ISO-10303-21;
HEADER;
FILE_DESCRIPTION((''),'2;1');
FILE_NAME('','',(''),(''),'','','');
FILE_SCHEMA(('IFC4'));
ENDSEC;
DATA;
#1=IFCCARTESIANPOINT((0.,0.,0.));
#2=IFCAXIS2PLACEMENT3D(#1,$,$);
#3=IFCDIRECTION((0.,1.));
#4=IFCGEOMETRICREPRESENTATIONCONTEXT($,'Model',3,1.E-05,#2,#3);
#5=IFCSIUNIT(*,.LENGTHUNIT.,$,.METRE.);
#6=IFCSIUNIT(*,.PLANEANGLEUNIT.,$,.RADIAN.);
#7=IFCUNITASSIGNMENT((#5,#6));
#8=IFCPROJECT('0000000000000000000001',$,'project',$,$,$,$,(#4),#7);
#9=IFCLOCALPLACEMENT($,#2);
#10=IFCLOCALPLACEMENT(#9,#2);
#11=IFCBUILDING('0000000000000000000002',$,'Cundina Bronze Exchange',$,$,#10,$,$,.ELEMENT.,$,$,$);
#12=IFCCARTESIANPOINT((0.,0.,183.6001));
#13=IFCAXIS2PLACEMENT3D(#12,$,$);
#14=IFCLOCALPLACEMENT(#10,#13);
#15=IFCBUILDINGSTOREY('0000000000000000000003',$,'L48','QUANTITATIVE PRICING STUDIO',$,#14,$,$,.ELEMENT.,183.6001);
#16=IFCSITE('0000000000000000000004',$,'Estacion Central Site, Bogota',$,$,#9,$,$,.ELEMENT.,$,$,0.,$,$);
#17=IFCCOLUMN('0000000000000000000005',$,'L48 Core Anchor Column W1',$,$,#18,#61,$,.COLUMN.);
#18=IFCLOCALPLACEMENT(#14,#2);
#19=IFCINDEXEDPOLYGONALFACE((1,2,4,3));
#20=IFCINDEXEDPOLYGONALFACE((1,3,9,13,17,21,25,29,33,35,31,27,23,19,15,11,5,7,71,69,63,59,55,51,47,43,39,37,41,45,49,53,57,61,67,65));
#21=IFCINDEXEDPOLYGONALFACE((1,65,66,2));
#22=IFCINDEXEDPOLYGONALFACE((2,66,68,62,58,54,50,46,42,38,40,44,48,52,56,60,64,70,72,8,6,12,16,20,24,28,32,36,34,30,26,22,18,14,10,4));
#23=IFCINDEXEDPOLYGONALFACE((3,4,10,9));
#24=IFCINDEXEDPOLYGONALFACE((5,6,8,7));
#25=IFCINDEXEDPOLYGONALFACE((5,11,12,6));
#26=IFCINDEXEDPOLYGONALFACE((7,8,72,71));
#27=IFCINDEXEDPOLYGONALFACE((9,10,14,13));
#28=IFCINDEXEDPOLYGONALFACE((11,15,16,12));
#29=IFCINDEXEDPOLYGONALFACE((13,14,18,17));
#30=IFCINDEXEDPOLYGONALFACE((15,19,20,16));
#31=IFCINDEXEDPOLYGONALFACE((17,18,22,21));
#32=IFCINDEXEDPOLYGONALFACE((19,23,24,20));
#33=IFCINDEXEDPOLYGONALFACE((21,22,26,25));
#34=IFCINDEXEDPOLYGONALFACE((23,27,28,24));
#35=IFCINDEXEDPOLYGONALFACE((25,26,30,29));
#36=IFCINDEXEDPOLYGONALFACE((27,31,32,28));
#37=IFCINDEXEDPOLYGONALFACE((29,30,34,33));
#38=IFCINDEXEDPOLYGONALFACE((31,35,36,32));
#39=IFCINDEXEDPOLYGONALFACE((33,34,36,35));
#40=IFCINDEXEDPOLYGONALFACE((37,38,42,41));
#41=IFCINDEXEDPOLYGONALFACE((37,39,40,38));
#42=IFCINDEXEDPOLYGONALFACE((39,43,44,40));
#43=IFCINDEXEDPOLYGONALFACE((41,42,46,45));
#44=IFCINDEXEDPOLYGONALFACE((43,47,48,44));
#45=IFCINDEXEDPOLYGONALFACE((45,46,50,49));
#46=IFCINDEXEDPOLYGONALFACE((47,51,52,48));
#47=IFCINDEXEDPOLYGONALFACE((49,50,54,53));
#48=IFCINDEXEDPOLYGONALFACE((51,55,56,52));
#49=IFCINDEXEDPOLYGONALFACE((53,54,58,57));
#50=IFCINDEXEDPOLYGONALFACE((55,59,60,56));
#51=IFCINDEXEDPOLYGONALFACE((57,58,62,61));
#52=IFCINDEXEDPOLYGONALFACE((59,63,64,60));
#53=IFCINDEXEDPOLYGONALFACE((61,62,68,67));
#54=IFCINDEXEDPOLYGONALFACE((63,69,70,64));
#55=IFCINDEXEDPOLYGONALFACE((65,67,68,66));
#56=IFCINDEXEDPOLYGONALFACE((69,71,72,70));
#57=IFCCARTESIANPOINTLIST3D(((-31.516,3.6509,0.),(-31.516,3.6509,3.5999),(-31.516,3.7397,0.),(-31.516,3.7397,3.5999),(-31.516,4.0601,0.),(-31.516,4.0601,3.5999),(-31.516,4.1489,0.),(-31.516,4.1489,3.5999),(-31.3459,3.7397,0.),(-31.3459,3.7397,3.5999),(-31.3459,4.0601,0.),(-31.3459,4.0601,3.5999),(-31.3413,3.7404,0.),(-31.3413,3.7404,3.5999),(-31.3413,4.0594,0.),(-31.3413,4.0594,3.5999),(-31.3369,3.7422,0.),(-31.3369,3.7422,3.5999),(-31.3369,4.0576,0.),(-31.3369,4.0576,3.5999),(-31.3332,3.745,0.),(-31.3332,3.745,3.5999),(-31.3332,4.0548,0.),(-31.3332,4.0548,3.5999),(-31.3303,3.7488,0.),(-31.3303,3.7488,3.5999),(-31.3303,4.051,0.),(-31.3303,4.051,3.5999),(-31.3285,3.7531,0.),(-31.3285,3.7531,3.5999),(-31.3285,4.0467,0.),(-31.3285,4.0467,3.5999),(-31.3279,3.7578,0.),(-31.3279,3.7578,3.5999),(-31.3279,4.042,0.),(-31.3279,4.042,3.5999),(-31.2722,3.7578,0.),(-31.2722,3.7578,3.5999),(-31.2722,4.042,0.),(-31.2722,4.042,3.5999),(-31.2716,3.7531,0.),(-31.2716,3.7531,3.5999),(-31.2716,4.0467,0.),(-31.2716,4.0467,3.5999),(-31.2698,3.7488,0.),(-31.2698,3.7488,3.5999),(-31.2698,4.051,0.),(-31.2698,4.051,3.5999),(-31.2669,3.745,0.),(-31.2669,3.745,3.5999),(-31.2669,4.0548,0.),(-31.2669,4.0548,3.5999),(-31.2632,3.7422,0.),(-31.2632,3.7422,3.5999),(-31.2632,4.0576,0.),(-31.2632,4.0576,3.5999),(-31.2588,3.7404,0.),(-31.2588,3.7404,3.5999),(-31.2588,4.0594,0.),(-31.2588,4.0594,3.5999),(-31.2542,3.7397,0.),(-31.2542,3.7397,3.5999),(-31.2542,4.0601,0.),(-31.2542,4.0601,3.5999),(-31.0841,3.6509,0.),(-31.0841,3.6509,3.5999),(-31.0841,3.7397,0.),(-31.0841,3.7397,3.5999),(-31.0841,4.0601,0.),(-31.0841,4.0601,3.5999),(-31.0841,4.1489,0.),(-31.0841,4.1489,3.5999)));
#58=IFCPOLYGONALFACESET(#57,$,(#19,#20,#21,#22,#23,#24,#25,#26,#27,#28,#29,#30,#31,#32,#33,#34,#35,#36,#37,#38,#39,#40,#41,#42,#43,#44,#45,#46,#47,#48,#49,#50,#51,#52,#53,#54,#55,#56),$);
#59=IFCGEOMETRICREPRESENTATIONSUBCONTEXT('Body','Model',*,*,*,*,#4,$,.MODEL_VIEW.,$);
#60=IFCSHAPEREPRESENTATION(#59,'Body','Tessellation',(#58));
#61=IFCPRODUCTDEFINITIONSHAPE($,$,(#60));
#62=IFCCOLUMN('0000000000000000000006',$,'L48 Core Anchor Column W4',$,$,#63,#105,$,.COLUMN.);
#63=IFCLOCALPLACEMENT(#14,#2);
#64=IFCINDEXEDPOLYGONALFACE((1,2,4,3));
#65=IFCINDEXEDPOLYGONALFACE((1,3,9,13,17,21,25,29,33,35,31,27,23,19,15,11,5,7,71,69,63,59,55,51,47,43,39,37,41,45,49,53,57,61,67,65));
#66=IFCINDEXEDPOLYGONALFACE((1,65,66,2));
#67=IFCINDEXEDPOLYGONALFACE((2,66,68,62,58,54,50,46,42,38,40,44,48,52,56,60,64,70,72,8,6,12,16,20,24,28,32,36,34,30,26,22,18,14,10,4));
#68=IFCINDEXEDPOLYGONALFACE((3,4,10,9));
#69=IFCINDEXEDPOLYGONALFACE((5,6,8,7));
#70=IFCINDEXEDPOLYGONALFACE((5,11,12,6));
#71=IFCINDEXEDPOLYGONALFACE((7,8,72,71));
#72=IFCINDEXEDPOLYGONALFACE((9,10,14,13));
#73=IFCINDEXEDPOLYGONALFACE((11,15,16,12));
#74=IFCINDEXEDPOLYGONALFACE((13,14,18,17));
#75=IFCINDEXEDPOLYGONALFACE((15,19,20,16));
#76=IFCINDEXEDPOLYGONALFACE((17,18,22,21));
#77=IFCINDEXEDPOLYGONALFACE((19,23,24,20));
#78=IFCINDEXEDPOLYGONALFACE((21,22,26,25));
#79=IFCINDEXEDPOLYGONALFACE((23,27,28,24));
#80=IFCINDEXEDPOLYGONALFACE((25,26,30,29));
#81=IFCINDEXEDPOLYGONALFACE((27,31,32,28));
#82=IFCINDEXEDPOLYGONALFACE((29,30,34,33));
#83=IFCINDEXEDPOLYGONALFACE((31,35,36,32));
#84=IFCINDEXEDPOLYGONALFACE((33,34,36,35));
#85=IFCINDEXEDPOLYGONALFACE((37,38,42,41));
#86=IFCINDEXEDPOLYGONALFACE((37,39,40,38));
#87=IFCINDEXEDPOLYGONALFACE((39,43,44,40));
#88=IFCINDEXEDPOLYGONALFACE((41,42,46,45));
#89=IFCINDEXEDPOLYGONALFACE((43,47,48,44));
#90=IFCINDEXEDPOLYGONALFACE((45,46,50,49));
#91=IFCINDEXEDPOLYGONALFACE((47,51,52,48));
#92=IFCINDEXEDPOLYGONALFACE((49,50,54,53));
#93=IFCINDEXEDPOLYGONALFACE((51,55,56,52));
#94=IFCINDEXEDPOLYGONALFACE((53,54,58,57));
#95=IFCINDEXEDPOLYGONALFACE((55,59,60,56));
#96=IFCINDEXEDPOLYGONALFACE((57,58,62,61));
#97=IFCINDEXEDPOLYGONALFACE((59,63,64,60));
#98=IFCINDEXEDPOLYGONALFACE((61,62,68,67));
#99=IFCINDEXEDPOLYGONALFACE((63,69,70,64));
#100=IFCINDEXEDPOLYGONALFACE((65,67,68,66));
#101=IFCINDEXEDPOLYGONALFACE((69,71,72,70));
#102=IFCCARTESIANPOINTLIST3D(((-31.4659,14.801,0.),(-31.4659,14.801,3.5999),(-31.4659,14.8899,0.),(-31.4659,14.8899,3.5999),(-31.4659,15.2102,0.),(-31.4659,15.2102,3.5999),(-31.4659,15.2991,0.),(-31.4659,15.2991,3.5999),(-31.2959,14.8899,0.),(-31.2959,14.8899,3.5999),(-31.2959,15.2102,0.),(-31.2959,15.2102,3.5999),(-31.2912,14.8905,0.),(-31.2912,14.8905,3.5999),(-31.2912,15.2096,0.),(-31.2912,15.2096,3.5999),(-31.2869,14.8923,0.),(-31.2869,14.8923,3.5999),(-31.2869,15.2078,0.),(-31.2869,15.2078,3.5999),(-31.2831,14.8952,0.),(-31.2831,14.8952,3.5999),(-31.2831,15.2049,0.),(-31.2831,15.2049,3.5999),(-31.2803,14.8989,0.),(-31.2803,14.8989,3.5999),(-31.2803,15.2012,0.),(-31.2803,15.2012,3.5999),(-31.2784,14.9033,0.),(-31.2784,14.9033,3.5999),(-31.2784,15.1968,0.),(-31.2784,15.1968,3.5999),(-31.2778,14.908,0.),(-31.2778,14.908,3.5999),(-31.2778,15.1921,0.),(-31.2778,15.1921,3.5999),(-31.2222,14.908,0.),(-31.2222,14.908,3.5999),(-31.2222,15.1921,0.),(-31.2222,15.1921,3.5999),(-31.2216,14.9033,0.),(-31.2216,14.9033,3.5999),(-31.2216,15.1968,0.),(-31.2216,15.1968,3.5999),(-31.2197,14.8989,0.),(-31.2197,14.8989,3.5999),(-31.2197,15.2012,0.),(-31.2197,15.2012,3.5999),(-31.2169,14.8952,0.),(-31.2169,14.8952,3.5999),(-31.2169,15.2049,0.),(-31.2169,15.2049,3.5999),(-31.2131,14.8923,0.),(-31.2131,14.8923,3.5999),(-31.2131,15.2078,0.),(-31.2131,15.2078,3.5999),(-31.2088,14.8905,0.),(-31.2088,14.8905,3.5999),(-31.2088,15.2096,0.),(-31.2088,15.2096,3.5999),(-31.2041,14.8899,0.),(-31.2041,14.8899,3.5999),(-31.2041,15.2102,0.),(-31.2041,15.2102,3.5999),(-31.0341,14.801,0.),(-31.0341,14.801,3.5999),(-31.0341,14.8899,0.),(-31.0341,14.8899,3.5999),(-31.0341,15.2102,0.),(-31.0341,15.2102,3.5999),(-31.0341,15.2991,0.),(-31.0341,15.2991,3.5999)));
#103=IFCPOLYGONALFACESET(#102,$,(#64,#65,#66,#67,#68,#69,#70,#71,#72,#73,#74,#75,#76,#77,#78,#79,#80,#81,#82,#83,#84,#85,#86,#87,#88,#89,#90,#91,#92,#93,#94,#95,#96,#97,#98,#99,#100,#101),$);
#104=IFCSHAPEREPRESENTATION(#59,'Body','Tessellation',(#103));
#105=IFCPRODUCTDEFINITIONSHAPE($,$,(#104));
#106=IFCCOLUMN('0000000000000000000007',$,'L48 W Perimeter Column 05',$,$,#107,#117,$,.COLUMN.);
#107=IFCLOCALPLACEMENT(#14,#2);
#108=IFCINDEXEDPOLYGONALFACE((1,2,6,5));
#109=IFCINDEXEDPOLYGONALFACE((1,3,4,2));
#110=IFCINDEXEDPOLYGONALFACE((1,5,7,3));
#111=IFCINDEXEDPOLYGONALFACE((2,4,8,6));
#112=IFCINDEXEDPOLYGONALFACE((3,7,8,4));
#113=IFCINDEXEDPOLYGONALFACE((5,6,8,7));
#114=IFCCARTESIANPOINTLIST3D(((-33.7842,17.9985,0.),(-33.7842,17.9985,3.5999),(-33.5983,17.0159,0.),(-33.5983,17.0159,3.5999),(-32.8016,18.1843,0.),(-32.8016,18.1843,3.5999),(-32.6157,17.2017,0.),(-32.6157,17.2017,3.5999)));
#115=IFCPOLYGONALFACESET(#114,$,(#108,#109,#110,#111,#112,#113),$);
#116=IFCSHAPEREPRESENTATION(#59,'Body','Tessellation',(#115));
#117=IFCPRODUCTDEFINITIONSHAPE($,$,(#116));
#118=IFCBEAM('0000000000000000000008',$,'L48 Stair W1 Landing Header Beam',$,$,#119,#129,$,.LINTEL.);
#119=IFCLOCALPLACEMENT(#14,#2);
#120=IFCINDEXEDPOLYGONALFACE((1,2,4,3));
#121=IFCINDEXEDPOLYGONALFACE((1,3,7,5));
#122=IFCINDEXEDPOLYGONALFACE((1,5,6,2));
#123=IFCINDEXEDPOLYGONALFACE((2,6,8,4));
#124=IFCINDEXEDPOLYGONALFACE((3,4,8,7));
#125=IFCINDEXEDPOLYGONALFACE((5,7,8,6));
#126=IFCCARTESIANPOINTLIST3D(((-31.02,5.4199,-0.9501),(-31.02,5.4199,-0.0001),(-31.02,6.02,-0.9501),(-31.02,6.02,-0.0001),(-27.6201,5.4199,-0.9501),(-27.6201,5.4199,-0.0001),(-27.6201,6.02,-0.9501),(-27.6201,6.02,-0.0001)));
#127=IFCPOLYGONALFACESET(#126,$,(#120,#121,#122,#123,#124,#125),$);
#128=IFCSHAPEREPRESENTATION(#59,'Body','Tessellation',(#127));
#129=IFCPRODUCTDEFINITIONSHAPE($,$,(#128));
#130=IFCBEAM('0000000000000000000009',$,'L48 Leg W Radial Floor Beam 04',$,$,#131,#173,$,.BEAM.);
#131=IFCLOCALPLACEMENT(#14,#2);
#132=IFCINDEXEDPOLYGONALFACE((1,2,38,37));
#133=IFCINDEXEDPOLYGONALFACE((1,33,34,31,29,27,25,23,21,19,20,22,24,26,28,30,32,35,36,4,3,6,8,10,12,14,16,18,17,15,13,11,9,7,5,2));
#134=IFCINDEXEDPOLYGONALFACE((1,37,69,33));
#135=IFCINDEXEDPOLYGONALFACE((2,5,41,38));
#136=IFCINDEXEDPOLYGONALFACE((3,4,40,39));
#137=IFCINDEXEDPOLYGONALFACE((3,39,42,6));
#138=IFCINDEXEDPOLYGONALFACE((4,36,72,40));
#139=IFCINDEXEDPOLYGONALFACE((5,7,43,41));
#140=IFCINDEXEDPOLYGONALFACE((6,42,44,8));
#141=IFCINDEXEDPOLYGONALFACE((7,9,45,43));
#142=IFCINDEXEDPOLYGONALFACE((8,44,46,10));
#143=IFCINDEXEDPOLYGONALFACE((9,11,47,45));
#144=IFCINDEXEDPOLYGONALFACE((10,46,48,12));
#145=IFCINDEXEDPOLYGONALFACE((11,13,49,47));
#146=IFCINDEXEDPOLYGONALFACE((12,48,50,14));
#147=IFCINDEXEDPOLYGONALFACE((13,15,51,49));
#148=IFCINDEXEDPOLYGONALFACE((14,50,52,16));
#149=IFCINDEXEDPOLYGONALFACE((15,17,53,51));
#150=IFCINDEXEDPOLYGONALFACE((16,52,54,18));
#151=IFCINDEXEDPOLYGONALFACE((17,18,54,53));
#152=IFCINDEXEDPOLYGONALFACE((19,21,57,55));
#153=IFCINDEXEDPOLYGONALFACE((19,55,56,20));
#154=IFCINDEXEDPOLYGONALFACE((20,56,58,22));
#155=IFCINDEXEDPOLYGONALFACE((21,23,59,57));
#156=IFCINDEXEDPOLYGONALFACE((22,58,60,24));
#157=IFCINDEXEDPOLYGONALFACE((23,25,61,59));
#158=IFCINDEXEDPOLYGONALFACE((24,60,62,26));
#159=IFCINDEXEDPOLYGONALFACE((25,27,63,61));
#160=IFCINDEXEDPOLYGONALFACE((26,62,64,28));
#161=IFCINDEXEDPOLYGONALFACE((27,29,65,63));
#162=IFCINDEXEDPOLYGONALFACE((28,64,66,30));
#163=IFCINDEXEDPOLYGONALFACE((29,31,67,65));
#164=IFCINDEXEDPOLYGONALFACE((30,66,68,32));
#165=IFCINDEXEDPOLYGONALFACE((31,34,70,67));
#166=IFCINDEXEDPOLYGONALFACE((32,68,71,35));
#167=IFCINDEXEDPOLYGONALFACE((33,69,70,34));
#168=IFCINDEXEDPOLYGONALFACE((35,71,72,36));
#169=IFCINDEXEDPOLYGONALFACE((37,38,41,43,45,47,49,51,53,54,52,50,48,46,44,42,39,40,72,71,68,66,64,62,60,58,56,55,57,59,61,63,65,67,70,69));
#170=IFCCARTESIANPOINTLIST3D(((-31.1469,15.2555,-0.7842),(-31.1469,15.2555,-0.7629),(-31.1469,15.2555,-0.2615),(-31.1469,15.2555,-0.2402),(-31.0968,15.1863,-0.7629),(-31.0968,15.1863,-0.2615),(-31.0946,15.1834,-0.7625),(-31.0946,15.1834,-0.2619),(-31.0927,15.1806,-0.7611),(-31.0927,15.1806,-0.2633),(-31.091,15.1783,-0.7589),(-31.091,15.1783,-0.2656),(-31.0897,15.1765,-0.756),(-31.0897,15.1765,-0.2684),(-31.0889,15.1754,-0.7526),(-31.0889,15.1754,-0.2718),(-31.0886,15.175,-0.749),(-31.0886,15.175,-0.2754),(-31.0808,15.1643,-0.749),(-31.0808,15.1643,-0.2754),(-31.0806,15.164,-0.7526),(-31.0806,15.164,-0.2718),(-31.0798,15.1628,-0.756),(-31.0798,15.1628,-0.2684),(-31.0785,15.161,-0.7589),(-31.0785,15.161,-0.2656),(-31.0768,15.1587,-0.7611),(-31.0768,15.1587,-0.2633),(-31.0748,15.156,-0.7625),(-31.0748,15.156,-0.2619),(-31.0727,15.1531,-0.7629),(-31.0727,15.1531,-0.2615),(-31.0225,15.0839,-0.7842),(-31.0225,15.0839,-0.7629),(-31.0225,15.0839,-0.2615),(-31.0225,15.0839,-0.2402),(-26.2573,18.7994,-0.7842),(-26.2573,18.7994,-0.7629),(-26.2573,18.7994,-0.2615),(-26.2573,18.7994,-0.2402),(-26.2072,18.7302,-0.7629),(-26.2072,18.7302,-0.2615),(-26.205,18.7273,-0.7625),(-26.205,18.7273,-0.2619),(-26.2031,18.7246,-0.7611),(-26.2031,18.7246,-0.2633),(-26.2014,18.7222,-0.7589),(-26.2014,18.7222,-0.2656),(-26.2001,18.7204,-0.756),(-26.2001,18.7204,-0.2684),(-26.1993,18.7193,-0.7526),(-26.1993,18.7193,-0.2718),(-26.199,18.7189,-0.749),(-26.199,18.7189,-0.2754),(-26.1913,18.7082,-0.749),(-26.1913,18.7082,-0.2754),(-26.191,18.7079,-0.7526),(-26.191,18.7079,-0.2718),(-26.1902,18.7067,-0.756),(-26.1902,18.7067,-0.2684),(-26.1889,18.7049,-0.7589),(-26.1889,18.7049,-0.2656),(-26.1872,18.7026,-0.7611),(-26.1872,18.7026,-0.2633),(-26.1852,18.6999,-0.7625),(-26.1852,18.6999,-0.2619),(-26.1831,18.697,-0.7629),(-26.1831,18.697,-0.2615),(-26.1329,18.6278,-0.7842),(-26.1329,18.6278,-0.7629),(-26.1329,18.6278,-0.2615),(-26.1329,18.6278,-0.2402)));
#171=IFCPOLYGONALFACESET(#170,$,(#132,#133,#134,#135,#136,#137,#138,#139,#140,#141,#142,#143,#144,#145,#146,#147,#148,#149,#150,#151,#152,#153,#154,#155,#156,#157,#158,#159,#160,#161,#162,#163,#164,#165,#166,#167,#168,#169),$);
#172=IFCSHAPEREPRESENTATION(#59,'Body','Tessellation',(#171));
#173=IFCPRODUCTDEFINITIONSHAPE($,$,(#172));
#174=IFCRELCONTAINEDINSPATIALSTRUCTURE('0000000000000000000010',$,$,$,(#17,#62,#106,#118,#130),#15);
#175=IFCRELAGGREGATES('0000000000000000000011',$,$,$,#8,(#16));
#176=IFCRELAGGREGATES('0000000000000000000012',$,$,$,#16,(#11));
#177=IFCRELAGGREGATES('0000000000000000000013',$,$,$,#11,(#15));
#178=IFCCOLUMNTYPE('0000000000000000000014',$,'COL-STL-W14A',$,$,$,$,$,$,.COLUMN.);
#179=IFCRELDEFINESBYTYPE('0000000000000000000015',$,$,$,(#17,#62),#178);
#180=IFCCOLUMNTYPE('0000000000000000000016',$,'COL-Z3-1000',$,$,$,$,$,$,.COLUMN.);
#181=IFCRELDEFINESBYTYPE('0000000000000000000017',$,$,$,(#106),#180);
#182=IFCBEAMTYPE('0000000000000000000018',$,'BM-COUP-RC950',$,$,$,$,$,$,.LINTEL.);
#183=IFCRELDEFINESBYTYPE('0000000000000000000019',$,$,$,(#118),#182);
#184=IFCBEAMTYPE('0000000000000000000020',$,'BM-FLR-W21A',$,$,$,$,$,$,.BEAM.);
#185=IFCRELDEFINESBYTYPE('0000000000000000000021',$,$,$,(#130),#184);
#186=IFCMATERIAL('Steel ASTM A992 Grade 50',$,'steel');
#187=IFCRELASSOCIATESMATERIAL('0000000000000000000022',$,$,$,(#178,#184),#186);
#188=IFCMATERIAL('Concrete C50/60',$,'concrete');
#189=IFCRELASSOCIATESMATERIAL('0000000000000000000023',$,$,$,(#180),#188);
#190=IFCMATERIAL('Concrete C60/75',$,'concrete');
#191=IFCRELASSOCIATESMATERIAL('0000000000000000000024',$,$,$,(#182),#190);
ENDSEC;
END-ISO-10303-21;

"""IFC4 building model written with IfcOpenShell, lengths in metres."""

from ifc_helpers import new_model, si_unit, direction, frame, origin, origin_2d, place, context, subcontext, project, spatial, rectangle, i_section, extrude, material, material_profile, profile_set, type_object, element, save


model = new_model("IFC4")

# Units and contexts
model_context = context("Model", 3, precision=1e-05, world=origin(), true_north=direction((0.0, 1.0)))
body_context = subcontext(model_context, "Body", "Model", "MODEL_VIEW")
ifc_project = project(units=[si_unit("LENGTHUNIT", "METRE"), si_unit("PLANEANGLEUNIT", "RADIAN")], contexts=[model_context])

# Site, building, storey
site_placement = place(None, origin())
site = spatial("IfcSite", under=ifc_project, at=site_placement, Name="Estacion Central Site, Bogota", CompositionType="ELEMENT", RefElevation=0.0)
building_placement = place(site_placement, origin())
building = spatial("IfcBuilding", under=site, at=building_placement, Name="Cundina Bronze Exchange", CompositionType="ELEMENT")
storey_placement = place(building_placement, frame((0.0, 0.0, 183.6001)))
storey = spatial("IfcBuildingStorey", under=building, at=storey_placement, Name="L48", Description="QUANTITATIVE PRICING STUDIO", CompositionType="ELEMENT", Elevation=183.6001)

# Columns
ifc_material_1 = material(Name="Steel ASTM A992 Grade 50", Category="steel")
ifc_material_profile_1 = material_profile(ifc_material_1, i_section(OverallWidth=0.4319, OverallDepth=0.498, WebThickness=0.0557, FlangeThickness=0.0889, FilletRadius=0.0181, at=origin_2d()), Name="W14X500", Category="steel")
ifc_profile_set_1 = profile_set([ifc_material_profile_1], Name="Steel ASTM A992 Grade 50")
column_type_1 = type_object("IfcColumnType", Name="COL-STL-W14A", PredefinedType="COLUMN", material=ifc_profile_set_1)
for number, where, z_axis, x_axis, name in (
    (1, (-31.3, 3.8999, 0.0), (0.0, 0.0, 1.0), (1.0, 0.0, 0.0), "L48 Core Anchor Column W1"),
    (2, (-31.25, 15.05, 0.0), (0.0, 0.0, 1.0), (1.0, 0.0, 0.0), "L48 Core Anchor Column W4"),
):
    element("IfcColumn", number, at=place(storey_placement, frame(where, z_axis=z_axis, x_axis=x_axis)), inside=storey, type_object=column_type_1, Name=name, PredefinedType="COLUMN", context=body_context, shape_type="SweptSolid", body=[
        extrude(i_section(OverallWidth=0.4319, OverallDepth=0.498, WebThickness=0.0557, FlangeThickness=0.0889, FilletRadius=0.0181, at=origin_2d()), origin(), (0.0, 0.0, 1.0), 3.5999),
    ])
ifc_material_2 = material(Name="Concrete C50/60", Category="concrete")
ifc_material_profile_2 = material_profile(ifc_material_2, rectangle(XDim=1.0, YDim=1.0, at=origin_2d()), Name="RC1000X1000", Category="concrete")
ifc_profile_set_2 = profile_set([ifc_material_profile_2], Name="Concrete C50/60")
column_type_2 = type_object("IfcColumnType", Name="COL-Z3-1000", PredefinedType="COLUMN", material=ifc_profile_set_2)
column_placement = place(storey_placement, frame((-33.2, 17.6001, 0.0), z_axis=(0.0, 0.0, 1.0), x_axis=(-0.98258, -0.185838, 0.0)))
element("IfcColumn", 3, at=column_placement, inside=storey, type_object=column_type_2, Name="L48 W Perimeter Column 05", PredefinedType="COLUMN", context=body_context, shape_type="SweptSolid", body=[
    extrude(rectangle(XDim=1.0, YDim=1.0, at=origin_2d()), origin(), (0.0, 0.0, 1.0), 3.5999),
])

# Beams
ifc_material_3 = material(Name="Concrete C60/75", Category="concrete")
ifc_material_profile_3 = material_profile(ifc_material_3, rectangle(XDim=0.6001, YDim=0.95, at=origin_2d()), Name="RC600X950", Category="concrete")
ifc_profile_set_3 = profile_set([ifc_material_profile_3], Name="Concrete C60/75")
beam_type_1 = type_object("IfcBeamType", Name="BM-COUP-RC950", PredefinedType="LINTEL", material=ifc_profile_set_3)
beam_1_placement = place(storey_placement, frame((-31.02, 5.72, -0.4751), z_axis=(1.0, 0.0, 0.0), x_axis=(0.0, 1.0, 0.0)))
element("IfcBeam", 4, at=beam_1_placement, inside=storey, type_object=beam_type_1, Name="L48 Stair W1 Landing Header Beam", PredefinedType="LINTEL", context=body_context, shape_type="SweptSolid", body=[
    extrude(rectangle(XDim=0.6001, YDim=0.95, at=origin_2d()), origin(), (0.0, 0.0, 1.0), 3.3999),
])
ifc_material_profile_4 = material_profile(ifc_material_1, i_section(OverallWidth=0.2119, OverallDepth=0.5439, WebThickness=0.0132, FlangeThickness=0.0212, FilletRadius=0.0139, at=origin_2d()), Name="W21X83", Category="steel")
ifc_profile_set_4 = profile_set([ifc_material_profile_4], Name="Steel ASTM A992 Grade 50")
beam_type_2 = type_object("IfcBeamType", Name="BM-FLR-W21A", PredefinedType="BEAM", material=ifc_profile_set_4)
beam_2_placement = place(storey_placement, frame((-31.0847, 15.1697, -0.5122), z_axis=(0.809693, 0.586854, 0.0), x_axis=(-0.586854, 0.809693, 0.0)))
element("IfcBeam", 5, at=beam_2_placement, inside=storey, type_object=beam_type_2, Name="L48 Leg W Radial Floor Beam 04", PredefinedType="BEAM", context=body_context, shape_type="SweptSolid", body=[
    extrude(i_section(OverallWidth=0.2119, OverallDepth=0.5439, WebThickness=0.0132, FlangeThickness=0.0212, FilletRadius=0.0139, at=origin_2d()), origin(), (0.0, 0.0, 1.0), 6.0388),
])

save(model, "model.ifc")
